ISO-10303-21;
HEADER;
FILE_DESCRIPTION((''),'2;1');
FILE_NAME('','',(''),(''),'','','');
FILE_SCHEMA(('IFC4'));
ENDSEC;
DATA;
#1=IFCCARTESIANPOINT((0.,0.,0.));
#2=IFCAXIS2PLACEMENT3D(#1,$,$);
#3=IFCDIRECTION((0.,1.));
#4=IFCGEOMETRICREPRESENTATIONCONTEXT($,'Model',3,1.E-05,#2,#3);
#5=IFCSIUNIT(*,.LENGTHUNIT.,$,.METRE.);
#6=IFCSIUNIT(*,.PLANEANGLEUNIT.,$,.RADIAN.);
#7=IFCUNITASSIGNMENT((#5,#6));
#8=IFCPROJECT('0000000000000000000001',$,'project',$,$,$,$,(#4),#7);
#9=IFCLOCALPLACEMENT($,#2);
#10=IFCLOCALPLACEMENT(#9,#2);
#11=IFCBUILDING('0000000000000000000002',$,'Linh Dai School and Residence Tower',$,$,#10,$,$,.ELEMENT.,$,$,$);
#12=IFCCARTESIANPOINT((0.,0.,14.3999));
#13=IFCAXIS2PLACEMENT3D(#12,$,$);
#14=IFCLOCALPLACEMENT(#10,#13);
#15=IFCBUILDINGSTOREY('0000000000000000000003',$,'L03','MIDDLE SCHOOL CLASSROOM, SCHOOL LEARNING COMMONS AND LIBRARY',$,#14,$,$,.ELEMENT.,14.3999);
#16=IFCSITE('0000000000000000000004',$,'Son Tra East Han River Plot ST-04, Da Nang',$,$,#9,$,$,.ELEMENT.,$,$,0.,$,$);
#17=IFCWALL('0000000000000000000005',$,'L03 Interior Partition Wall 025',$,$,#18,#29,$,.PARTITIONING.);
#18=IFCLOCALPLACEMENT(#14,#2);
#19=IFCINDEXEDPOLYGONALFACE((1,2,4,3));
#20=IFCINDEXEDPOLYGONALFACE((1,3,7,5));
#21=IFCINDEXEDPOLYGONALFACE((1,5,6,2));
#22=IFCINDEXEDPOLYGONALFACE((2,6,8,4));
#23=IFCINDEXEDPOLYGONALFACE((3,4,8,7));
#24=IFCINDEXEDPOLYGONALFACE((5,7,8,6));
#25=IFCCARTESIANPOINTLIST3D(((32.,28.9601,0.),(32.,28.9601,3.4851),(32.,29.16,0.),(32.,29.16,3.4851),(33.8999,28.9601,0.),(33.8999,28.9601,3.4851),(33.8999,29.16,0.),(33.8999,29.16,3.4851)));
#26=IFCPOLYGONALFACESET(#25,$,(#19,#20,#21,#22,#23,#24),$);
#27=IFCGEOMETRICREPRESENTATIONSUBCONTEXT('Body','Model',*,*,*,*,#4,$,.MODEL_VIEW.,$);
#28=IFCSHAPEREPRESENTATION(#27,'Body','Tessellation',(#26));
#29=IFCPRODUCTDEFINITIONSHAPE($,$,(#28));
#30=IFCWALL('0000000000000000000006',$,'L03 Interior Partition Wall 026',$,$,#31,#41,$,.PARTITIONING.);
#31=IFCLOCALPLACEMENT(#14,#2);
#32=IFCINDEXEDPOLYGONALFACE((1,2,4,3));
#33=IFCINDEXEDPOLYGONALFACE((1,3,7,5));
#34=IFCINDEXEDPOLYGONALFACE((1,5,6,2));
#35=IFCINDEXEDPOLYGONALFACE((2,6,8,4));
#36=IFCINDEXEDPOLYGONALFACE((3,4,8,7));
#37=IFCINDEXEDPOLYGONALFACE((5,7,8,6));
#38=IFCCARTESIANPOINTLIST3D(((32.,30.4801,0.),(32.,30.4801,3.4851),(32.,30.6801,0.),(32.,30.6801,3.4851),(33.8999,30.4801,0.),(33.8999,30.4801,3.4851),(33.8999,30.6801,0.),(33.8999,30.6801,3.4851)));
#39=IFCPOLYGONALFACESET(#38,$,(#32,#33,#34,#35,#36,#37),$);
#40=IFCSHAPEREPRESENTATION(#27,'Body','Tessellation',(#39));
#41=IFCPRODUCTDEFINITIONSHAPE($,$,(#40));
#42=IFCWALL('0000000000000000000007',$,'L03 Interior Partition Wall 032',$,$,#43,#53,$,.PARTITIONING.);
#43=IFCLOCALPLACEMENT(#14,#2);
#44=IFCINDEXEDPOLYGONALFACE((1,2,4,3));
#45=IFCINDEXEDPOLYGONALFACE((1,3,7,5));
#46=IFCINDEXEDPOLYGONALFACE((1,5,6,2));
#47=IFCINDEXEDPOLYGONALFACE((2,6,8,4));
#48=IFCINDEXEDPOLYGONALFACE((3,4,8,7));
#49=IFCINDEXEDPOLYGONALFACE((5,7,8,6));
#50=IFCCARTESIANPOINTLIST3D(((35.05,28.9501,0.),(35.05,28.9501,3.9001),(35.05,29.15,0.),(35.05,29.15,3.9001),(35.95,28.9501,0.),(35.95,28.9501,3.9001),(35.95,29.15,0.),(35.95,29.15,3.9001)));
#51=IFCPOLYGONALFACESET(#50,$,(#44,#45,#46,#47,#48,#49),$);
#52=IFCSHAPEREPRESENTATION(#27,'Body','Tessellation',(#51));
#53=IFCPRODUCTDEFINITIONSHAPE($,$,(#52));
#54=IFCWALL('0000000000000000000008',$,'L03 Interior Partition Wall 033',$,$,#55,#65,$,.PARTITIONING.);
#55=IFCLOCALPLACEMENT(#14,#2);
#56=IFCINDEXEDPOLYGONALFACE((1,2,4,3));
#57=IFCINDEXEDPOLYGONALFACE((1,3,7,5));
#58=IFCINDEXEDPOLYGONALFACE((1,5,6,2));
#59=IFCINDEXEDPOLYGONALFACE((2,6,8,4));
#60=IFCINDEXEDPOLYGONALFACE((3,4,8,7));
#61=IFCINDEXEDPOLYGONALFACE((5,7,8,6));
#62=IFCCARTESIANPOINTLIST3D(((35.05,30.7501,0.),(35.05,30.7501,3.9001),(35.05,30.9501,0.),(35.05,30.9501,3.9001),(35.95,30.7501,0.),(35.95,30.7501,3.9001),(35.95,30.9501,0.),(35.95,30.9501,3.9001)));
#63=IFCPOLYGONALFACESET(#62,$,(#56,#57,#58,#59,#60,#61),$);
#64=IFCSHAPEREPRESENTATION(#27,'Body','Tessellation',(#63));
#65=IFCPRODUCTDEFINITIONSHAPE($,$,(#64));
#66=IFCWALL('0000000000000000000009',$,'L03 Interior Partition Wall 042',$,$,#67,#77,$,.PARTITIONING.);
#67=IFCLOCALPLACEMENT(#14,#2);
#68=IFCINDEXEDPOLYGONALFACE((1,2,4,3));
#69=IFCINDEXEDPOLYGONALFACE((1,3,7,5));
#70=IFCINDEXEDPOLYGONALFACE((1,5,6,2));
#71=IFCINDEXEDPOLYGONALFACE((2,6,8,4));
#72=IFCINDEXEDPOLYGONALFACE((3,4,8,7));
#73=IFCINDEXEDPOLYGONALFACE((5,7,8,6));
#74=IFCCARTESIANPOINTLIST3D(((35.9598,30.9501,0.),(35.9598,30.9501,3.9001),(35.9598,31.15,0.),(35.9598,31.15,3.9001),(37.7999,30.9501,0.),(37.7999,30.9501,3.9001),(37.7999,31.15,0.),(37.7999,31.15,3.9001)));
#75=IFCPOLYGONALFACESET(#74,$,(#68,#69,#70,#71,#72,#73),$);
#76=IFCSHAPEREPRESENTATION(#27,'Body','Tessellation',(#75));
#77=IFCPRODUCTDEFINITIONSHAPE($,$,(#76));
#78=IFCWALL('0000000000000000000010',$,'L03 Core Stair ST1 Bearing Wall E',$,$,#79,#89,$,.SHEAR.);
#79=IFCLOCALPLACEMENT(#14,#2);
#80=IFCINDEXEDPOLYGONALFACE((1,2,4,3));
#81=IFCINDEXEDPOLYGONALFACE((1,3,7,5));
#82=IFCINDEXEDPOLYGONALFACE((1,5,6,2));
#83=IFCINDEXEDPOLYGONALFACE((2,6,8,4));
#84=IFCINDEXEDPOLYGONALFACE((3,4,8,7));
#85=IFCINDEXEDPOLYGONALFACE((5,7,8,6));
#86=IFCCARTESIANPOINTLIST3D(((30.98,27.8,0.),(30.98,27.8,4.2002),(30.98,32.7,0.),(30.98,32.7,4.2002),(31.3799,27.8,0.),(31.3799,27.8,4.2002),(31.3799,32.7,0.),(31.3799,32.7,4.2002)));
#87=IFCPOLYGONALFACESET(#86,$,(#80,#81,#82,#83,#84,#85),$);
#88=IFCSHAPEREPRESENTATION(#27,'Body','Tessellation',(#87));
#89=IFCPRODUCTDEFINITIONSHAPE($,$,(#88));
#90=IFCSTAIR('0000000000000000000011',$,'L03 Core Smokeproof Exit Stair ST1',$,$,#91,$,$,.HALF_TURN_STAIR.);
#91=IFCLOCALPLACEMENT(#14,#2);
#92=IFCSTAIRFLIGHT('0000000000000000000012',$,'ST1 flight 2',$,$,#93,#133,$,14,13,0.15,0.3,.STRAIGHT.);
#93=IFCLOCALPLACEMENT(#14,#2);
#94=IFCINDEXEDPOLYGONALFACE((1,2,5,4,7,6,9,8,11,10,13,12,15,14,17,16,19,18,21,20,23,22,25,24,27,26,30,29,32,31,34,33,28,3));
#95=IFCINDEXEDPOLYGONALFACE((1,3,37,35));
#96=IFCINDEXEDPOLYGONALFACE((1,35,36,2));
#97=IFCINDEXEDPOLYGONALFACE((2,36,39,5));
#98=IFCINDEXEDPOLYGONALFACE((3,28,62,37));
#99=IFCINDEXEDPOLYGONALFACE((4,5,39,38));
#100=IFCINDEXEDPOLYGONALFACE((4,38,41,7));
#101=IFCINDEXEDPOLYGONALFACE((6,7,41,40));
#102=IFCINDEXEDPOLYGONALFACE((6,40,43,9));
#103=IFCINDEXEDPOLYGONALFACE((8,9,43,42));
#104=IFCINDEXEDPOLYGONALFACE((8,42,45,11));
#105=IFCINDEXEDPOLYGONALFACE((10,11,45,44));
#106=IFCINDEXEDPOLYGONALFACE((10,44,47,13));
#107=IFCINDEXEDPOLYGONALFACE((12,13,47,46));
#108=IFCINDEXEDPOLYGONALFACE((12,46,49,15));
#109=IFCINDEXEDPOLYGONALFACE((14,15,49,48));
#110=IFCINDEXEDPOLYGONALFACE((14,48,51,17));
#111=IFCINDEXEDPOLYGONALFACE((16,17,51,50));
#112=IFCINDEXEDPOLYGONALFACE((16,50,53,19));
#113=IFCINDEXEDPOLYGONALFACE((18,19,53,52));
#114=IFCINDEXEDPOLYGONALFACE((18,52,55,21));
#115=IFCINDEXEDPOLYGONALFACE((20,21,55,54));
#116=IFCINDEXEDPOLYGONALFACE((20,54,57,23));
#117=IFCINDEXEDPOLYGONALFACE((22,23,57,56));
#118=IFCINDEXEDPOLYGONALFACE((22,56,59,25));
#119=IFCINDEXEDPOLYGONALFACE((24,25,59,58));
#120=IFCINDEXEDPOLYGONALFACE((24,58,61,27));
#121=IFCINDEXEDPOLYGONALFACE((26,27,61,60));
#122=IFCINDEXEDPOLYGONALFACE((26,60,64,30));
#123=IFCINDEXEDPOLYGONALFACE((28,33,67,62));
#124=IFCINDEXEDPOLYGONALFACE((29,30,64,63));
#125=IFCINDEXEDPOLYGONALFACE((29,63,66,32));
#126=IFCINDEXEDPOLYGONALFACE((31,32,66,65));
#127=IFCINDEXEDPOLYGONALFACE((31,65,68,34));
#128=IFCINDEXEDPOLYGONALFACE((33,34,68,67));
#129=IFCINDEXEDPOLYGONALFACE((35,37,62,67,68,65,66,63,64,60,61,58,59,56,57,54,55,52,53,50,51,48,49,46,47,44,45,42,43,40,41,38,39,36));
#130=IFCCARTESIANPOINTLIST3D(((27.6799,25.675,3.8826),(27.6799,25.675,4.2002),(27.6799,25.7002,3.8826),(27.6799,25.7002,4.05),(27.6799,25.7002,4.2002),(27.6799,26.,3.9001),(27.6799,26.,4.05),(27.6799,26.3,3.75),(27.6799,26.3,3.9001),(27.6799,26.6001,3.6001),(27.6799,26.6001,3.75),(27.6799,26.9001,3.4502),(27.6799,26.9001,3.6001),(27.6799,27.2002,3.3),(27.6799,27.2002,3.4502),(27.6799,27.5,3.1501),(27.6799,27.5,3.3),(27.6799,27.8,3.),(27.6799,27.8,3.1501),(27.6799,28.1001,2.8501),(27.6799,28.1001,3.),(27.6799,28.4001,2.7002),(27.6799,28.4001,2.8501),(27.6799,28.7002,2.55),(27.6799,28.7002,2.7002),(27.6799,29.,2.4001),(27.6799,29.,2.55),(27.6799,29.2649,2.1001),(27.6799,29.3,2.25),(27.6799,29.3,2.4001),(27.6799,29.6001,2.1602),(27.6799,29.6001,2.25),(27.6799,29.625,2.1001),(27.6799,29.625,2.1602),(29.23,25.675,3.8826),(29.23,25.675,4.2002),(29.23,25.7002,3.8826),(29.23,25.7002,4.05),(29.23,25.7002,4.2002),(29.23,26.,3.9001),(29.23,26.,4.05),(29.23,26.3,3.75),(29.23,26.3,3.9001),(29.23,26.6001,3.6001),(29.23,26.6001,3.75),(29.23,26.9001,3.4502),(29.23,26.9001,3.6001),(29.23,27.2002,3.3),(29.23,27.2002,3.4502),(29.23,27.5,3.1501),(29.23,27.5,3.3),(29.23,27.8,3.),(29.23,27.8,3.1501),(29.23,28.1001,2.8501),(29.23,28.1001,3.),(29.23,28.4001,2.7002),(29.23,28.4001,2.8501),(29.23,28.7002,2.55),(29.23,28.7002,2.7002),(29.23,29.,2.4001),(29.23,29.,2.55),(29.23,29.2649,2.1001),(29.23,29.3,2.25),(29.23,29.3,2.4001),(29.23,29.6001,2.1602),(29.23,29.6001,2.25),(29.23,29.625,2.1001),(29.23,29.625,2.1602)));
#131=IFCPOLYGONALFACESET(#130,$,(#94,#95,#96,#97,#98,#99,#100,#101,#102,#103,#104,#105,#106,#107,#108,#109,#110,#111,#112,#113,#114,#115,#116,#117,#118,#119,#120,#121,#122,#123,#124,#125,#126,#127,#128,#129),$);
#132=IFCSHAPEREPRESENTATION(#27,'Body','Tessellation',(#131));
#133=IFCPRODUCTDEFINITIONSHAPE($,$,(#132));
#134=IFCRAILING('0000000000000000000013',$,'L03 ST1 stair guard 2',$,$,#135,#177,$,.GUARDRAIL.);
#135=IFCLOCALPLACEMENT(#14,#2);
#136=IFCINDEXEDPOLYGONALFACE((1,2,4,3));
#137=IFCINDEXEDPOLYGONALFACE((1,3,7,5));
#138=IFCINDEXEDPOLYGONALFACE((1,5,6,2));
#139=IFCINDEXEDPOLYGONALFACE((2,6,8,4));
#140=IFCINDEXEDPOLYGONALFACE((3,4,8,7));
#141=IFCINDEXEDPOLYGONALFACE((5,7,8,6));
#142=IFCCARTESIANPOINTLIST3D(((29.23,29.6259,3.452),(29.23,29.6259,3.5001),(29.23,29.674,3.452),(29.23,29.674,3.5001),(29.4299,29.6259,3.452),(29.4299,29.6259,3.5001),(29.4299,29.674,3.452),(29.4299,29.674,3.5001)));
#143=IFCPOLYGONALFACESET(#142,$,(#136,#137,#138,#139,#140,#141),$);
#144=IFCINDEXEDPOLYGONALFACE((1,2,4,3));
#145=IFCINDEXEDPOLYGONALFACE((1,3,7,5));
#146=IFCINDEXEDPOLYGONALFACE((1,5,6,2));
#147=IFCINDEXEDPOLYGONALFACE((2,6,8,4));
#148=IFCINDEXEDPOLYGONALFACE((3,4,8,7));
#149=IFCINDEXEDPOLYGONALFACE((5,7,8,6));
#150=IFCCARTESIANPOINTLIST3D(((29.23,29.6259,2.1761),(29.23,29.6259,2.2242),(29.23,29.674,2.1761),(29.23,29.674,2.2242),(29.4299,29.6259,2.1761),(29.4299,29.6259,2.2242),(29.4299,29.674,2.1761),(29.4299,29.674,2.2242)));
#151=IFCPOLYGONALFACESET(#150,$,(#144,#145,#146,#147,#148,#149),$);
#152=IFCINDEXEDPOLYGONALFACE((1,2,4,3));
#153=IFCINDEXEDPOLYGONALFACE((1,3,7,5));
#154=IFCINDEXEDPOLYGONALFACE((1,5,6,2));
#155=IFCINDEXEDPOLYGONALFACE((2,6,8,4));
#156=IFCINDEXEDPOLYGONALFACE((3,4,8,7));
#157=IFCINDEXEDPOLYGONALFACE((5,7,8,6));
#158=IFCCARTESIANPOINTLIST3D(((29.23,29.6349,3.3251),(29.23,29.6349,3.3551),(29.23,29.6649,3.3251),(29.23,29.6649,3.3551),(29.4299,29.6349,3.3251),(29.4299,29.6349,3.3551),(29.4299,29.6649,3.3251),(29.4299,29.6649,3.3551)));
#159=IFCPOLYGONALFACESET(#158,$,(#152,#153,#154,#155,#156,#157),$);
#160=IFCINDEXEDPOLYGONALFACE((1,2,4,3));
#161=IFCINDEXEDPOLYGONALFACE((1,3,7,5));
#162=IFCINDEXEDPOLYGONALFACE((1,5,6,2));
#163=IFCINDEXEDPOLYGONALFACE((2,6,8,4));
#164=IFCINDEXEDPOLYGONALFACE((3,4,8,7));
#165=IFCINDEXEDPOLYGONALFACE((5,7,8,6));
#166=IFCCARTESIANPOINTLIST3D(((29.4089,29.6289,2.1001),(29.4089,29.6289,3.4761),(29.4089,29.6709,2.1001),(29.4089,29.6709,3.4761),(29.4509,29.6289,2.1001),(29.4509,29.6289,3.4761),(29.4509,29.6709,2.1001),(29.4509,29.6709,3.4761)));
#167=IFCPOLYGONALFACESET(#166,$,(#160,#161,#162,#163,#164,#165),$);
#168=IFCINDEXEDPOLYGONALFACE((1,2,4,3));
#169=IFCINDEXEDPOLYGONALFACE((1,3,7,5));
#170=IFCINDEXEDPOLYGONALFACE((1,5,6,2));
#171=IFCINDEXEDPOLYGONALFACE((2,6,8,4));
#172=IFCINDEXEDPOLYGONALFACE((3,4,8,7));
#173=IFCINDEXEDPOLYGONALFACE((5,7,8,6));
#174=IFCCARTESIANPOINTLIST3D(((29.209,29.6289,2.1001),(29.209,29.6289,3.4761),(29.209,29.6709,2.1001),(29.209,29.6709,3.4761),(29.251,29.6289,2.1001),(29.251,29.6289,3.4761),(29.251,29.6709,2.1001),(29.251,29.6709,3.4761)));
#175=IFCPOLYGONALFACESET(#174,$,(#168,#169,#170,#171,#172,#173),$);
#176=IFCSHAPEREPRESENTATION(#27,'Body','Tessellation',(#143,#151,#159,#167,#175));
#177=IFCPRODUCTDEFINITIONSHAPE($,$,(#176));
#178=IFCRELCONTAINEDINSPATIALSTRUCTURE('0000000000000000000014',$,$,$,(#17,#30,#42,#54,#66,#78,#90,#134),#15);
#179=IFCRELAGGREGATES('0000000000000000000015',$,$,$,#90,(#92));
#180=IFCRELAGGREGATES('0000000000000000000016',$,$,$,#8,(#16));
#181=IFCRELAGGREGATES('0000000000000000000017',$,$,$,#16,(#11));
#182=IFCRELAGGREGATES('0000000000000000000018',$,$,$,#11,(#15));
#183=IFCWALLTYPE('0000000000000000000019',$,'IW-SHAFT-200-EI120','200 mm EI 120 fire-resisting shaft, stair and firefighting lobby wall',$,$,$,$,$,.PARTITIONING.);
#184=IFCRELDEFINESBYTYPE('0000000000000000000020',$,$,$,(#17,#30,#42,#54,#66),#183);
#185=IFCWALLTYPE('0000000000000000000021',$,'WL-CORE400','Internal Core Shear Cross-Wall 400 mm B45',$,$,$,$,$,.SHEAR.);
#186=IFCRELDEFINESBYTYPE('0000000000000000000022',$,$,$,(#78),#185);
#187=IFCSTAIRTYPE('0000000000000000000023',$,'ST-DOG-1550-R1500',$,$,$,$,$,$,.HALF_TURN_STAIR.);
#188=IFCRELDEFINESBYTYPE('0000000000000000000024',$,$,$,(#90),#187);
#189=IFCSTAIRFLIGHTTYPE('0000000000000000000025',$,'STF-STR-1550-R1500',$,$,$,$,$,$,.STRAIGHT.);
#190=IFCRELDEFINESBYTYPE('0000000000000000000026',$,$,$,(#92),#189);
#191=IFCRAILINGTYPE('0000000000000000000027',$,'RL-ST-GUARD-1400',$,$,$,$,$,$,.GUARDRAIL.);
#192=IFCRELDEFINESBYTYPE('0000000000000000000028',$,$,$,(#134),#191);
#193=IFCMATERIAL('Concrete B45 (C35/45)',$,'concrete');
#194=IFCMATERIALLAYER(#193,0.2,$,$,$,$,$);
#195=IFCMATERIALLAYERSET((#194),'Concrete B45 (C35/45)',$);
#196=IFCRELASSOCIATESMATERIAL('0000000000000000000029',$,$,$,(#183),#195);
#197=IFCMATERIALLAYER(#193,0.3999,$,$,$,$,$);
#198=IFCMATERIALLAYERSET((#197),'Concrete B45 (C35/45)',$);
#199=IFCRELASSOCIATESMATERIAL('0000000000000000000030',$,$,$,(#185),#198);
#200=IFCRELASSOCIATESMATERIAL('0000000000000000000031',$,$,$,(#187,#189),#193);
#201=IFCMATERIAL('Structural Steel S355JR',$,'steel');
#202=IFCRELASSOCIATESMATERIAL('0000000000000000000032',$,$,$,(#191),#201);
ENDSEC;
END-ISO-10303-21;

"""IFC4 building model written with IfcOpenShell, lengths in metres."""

from ifc_helpers import new_model, si_unit, direction, frame, frame_2d, origin, origin_2d, place, context, subcontext, project, spatial, polyline, rectangle, outline, extrude, source, transform, mapped, material, layer, layer_set, type_object, element, aggregate, save


model = new_model("IFC4")

# Units and contexts
model_context = context("Model", 3, precision=1e-05, world=origin(), true_north=direction((0.0, 1.0)))
body_context = subcontext(model_context, "Body", "Model", "MODEL_VIEW")
ifc_project = project(units=[si_unit("LENGTHUNIT", "METRE"), si_unit("PLANEANGLEUNIT", "RADIAN")], contexts=[model_context])

# Site, building, storey
site_placement = place(None, origin())
site = spatial("IfcSite", under=ifc_project, at=site_placement, Name="Son Tra East Han River Plot ST-04, Da Nang", CompositionType="ELEMENT", RefElevation=0.0)
building_placement = place(site_placement, origin())
building = spatial("IfcBuilding", under=site, at=building_placement, Name="Linh Dai School and Residence Tower", CompositionType="ELEMENT")
storey_placement = place(building_placement, frame((0.0, 0.0, 14.3999)))
storey = spatial("IfcBuildingStorey", under=building, at=storey_placement, Name="L03", Description="MIDDLE SCHOOL CLASSROOM, SCHOOL LEARNING COMMONS AND LIBRARY", CompositionType="ELEMENT", Elevation=14.3999)

# Shared definitions
ifc_material_1 = material(Name="Structural Steel S355JR", Category="steel")

# Shared definitions
ifc_material_2 = material(Name="Concrete B45 (C35/45)", Category="concrete")
ifc_layer_1 = layer(ifc_material_2, 0.2)
ifc_layer_set_1 = layer_set([ifc_layer_1], Name="Concrete B45 (C35/45)")
wall_type_1 = type_object("IfcWallType", Name="IW-SHAFT-200-EI120", Description="200 mm EI 120 fire-resisting shaft, stair and firefighting lobby wall", PredefinedType="PARTITIONING", material=ifc_layer_set_1)

# Walls
for number, where, z_axis, x_axis, name in (
    (1, (32.0, 29.0601, 0.0), (0.0, 0.0, 1.0), (1.0, 0.0, 0.0), "L03 Interior Partition Wall 025"),
    (2, (32.0, 30.5801, 0.0), (0.0, 0.0, 1.0), (1.0, 0.0, 0.0), "L03 Interior Partition Wall 026"),
):
    element("IfcWall", number, at=place(storey_placement, frame(where, z_axis=z_axis, x_axis=x_axis)), inside=storey, type_object=wall_type_1, Name=name, PredefinedType="PARTITIONING", context=body_context, shape_type="SweptSolid", body=[
        extrude(rectangle(XDim=1.8999, YDim=0.2, at=frame_2d((0.95, 0.0))), origin(), (0.0, 0.0, 1.0), 3.4851),
    ])
for number, where, z_axis, x_axis, name in (
    (3, (35.05, 29.05, 0.0), (0.0, 0.0, 1.0), (1.0, 0.0, 0.0), "L03 Interior Partition Wall 032"),
    (4, (35.05, 30.8501, 0.0), (0.0, 0.0, 1.0), (1.0, 0.0, 0.0), "L03 Interior Partition Wall 033"),
):
    element("IfcWall", number, at=place(storey_placement, frame(where, z_axis=z_axis, x_axis=x_axis)), inside=storey, type_object=wall_type_1, Name=name, PredefinedType="PARTITIONING", context=body_context, shape_type="SweptSolid", body=[
        extrude(rectangle(XDim=0.8999, YDim=0.2, at=frame_2d((0.45, 0.0))), origin(), (0.0, 0.0, 1.0), 3.9001),
    ])

# Walls
wall_1_placement = place(storey_placement, frame((35.96, 31.05, 0.0), z_axis=(0.0, 0.0, 1.0), x_axis=(1.0, 0.0, 0.0)))
element("IfcWall", 5, at=wall_1_placement, inside=storey, type_object=wall_type_1, Name="L03 Interior Partition Wall 042", PredefinedType="PARTITIONING", context=body_context, shape_type="SweptSolid", body=[
    extrude(rectangle(XDim=1.8401, YDim=0.2, at=frame_2d((0.9199, 0.0))), origin(), (0.0, 0.0, 1.0), 3.9001),
])
ifc_layer_2 = layer(ifc_material_2, 0.3999)
ifc_layer_set_2 = layer_set([ifc_layer_2], Name="Concrete B45 (C35/45)")
wall_type_2 = type_object("IfcWallType", Name="WL-CORE400", Description="Internal Core Shear Cross-Wall 400 mm B45", PredefinedType="SHEAR", material=ifc_layer_set_2)
wall_2_placement = place(storey_placement, frame((31.1799, 27.8, 0.0), z_axis=(0.0, 0.0, 1.0), x_axis=(0.0, 1.0, 0.0)))
element("IfcWall", 6, at=wall_2_placement, inside=storey, type_object=wall_type_2, Name="L03 Core Stair ST1 Bearing Wall E", PredefinedType="SHEAR", context=body_context, shape_type="SweptSolid", body=[
    extrude(rectangle(XDim=4.8999, YDim=0.3999, at=frame_2d((2.45, 0.0))), origin(), (0.0, 0.0, 1.0), 4.2002),
])

# Stair, stair flight
stair_type = type_object("IfcStairType", Name="ST-DOG-1550-R1500", PredefinedType="HALF_TURN_STAIR", material=ifc_material_2)
stair_placement = place(storey_placement, origin())
stair = element("IfcStair", 7, at=stair_placement, inside=storey, type_object=stair_type, Name="L03 Core Smokeproof Exit Stair ST1", PredefinedType="HALF_TURN_STAIR")
stair_flight_type = type_object("IfcStairFlightType", Name="STF-STR-1550-R1500", PredefinedType="STRAIGHT", material=ifc_material_2)
shared_shape_1 = source(origin(), body_context, "Body", "SweptSolid", [
    extrude(outline(polyline([(-0.0249, 0.0), (-0.0249, 0.0601), (0.0, 0.0601), (0.0, 0.1499), (0.3, 0.1499), (0.3, 0.3), (0.6001, 0.3), (0.6001, 0.45), (0.8999, 0.45), (0.8999, 0.6001), (1.2, 0.6001), (1.2, 0.75), (1.5, 0.75), (1.5, 0.8999), (1.8, 0.8999), (1.8, 1.05), (2.1001, 1.05), (2.1001, 1.2), (2.3999, 1.2), (2.3999, 1.3501), (2.7, 1.3501), (2.7, 1.5), (3.0, 1.5), (3.0, 1.6499), (3.3, 1.6499), (3.3, 1.8), (3.6001, 1.8), (3.6001, 1.95), (3.8999, 1.95), (3.8999, 2.1001), (3.925, 2.1001), (3.925, 1.7825), (3.8999, 1.7825), (0.3352, 0.0), (-0.0249, 0.0)])), frame((0.0, 0.7749, 0.0), z_axis=(0.0, -1.0, 0.0), x_axis=(1.0, 0.0, 0.0)), (0.0, 0.0, 1.0), 1.55),
])
stair_flight_placement = place(storey_placement, frame((28.4551, 29.6001, 2.1001), z_axis=(0.0, 0.0, 1.0), x_axis=(0.0, -1.0, 0.0)))
stair_flight = element("IfcStairFlight", 8, at=stair_flight_placement, type_object=stair_flight_type, Name="ST1 flight 2", NumberOfRisers=14, NumberOfTreads=13, PredefinedType="STRAIGHT", RiserHeight=0.15, TreadLength=0.3, context=body_context, shape_type="MappedRepresentation", body=[
    mapped(shared_shape_1, transform((0.0, 0.0, 0.0), x_axis=(1.0, 0.0, 0.0), y_axis=(0.0, 1.0, 0.0), z_axis=(0.0, 0.0, 1.0), scale=1.0)),
])
aggregate(stair, [stair_flight])

# Railing
railing_type_1 = type_object("IfcRailingType", Name="RL-ST-GUARD-1400", PredefinedType="GUARDRAIL", material=ifc_material_1)
shared_shape_2 = source(origin(), body_context, "Body", "SweptSolid", [
    extrude(rectangle(XDim=0.0481, YDim=0.0481, at=origin_2d()), frame((0.0, 0.0, 1.376), z_axis=(-1.0, 0.0, 0.0), x_axis=(0.0, -1.0, 0.0)), (0.0, 0.0, 1.0), 0.2),
    extrude(rectangle(XDim=0.0481, YDim=0.0481, at=origin_2d()), frame((0.0, 0.0, 0.1001), z_axis=(-1.0, 0.0, 0.0), x_axis=(0.0, -1.0, 0.0)), (0.0, 0.0, 1.0), 0.2),
    extrude(rectangle(XDim=0.03, YDim=0.03, at=origin_2d()), frame((0.0, 0.0, 1.24), z_axis=(-1.0, 0.0, 0.0), x_axis=(0.0, -1.0, 0.0)), (0.0, 0.0, 1.0), 0.2),
    extrude(rectangle(XDim=0.042, YDim=0.042, at=origin_2d()), origin(), (0.0, 0.0, 1.0), 1.376),
    extrude(rectangle(XDim=0.042, YDim=0.042, at=origin_2d()), frame((-0.2, 0.0, 0.0)), (0.0, 0.0, 1.0), 1.376),
])
railing_1_placement = place(storey_placement, frame((29.4299, 29.6499, 2.1001)))
element("IfcRailing", 9, at=railing_1_placement, inside=storey, type_object=railing_type_1, Name="L03 ST1 stair guard 2", PredefinedType="GUARDRAIL", context=body_context, shape_type="MappedRepresentation", body=[
    mapped(shared_shape_2, transform((0.0, 0.0, 0.0), x_axis=(1.0, 0.0, 0.0), y_axis=(0.0, 1.0, 0.0), z_axis=(0.0, 0.0, 1.0), scale=1.0)),
])

save(model, "model.ifc")
